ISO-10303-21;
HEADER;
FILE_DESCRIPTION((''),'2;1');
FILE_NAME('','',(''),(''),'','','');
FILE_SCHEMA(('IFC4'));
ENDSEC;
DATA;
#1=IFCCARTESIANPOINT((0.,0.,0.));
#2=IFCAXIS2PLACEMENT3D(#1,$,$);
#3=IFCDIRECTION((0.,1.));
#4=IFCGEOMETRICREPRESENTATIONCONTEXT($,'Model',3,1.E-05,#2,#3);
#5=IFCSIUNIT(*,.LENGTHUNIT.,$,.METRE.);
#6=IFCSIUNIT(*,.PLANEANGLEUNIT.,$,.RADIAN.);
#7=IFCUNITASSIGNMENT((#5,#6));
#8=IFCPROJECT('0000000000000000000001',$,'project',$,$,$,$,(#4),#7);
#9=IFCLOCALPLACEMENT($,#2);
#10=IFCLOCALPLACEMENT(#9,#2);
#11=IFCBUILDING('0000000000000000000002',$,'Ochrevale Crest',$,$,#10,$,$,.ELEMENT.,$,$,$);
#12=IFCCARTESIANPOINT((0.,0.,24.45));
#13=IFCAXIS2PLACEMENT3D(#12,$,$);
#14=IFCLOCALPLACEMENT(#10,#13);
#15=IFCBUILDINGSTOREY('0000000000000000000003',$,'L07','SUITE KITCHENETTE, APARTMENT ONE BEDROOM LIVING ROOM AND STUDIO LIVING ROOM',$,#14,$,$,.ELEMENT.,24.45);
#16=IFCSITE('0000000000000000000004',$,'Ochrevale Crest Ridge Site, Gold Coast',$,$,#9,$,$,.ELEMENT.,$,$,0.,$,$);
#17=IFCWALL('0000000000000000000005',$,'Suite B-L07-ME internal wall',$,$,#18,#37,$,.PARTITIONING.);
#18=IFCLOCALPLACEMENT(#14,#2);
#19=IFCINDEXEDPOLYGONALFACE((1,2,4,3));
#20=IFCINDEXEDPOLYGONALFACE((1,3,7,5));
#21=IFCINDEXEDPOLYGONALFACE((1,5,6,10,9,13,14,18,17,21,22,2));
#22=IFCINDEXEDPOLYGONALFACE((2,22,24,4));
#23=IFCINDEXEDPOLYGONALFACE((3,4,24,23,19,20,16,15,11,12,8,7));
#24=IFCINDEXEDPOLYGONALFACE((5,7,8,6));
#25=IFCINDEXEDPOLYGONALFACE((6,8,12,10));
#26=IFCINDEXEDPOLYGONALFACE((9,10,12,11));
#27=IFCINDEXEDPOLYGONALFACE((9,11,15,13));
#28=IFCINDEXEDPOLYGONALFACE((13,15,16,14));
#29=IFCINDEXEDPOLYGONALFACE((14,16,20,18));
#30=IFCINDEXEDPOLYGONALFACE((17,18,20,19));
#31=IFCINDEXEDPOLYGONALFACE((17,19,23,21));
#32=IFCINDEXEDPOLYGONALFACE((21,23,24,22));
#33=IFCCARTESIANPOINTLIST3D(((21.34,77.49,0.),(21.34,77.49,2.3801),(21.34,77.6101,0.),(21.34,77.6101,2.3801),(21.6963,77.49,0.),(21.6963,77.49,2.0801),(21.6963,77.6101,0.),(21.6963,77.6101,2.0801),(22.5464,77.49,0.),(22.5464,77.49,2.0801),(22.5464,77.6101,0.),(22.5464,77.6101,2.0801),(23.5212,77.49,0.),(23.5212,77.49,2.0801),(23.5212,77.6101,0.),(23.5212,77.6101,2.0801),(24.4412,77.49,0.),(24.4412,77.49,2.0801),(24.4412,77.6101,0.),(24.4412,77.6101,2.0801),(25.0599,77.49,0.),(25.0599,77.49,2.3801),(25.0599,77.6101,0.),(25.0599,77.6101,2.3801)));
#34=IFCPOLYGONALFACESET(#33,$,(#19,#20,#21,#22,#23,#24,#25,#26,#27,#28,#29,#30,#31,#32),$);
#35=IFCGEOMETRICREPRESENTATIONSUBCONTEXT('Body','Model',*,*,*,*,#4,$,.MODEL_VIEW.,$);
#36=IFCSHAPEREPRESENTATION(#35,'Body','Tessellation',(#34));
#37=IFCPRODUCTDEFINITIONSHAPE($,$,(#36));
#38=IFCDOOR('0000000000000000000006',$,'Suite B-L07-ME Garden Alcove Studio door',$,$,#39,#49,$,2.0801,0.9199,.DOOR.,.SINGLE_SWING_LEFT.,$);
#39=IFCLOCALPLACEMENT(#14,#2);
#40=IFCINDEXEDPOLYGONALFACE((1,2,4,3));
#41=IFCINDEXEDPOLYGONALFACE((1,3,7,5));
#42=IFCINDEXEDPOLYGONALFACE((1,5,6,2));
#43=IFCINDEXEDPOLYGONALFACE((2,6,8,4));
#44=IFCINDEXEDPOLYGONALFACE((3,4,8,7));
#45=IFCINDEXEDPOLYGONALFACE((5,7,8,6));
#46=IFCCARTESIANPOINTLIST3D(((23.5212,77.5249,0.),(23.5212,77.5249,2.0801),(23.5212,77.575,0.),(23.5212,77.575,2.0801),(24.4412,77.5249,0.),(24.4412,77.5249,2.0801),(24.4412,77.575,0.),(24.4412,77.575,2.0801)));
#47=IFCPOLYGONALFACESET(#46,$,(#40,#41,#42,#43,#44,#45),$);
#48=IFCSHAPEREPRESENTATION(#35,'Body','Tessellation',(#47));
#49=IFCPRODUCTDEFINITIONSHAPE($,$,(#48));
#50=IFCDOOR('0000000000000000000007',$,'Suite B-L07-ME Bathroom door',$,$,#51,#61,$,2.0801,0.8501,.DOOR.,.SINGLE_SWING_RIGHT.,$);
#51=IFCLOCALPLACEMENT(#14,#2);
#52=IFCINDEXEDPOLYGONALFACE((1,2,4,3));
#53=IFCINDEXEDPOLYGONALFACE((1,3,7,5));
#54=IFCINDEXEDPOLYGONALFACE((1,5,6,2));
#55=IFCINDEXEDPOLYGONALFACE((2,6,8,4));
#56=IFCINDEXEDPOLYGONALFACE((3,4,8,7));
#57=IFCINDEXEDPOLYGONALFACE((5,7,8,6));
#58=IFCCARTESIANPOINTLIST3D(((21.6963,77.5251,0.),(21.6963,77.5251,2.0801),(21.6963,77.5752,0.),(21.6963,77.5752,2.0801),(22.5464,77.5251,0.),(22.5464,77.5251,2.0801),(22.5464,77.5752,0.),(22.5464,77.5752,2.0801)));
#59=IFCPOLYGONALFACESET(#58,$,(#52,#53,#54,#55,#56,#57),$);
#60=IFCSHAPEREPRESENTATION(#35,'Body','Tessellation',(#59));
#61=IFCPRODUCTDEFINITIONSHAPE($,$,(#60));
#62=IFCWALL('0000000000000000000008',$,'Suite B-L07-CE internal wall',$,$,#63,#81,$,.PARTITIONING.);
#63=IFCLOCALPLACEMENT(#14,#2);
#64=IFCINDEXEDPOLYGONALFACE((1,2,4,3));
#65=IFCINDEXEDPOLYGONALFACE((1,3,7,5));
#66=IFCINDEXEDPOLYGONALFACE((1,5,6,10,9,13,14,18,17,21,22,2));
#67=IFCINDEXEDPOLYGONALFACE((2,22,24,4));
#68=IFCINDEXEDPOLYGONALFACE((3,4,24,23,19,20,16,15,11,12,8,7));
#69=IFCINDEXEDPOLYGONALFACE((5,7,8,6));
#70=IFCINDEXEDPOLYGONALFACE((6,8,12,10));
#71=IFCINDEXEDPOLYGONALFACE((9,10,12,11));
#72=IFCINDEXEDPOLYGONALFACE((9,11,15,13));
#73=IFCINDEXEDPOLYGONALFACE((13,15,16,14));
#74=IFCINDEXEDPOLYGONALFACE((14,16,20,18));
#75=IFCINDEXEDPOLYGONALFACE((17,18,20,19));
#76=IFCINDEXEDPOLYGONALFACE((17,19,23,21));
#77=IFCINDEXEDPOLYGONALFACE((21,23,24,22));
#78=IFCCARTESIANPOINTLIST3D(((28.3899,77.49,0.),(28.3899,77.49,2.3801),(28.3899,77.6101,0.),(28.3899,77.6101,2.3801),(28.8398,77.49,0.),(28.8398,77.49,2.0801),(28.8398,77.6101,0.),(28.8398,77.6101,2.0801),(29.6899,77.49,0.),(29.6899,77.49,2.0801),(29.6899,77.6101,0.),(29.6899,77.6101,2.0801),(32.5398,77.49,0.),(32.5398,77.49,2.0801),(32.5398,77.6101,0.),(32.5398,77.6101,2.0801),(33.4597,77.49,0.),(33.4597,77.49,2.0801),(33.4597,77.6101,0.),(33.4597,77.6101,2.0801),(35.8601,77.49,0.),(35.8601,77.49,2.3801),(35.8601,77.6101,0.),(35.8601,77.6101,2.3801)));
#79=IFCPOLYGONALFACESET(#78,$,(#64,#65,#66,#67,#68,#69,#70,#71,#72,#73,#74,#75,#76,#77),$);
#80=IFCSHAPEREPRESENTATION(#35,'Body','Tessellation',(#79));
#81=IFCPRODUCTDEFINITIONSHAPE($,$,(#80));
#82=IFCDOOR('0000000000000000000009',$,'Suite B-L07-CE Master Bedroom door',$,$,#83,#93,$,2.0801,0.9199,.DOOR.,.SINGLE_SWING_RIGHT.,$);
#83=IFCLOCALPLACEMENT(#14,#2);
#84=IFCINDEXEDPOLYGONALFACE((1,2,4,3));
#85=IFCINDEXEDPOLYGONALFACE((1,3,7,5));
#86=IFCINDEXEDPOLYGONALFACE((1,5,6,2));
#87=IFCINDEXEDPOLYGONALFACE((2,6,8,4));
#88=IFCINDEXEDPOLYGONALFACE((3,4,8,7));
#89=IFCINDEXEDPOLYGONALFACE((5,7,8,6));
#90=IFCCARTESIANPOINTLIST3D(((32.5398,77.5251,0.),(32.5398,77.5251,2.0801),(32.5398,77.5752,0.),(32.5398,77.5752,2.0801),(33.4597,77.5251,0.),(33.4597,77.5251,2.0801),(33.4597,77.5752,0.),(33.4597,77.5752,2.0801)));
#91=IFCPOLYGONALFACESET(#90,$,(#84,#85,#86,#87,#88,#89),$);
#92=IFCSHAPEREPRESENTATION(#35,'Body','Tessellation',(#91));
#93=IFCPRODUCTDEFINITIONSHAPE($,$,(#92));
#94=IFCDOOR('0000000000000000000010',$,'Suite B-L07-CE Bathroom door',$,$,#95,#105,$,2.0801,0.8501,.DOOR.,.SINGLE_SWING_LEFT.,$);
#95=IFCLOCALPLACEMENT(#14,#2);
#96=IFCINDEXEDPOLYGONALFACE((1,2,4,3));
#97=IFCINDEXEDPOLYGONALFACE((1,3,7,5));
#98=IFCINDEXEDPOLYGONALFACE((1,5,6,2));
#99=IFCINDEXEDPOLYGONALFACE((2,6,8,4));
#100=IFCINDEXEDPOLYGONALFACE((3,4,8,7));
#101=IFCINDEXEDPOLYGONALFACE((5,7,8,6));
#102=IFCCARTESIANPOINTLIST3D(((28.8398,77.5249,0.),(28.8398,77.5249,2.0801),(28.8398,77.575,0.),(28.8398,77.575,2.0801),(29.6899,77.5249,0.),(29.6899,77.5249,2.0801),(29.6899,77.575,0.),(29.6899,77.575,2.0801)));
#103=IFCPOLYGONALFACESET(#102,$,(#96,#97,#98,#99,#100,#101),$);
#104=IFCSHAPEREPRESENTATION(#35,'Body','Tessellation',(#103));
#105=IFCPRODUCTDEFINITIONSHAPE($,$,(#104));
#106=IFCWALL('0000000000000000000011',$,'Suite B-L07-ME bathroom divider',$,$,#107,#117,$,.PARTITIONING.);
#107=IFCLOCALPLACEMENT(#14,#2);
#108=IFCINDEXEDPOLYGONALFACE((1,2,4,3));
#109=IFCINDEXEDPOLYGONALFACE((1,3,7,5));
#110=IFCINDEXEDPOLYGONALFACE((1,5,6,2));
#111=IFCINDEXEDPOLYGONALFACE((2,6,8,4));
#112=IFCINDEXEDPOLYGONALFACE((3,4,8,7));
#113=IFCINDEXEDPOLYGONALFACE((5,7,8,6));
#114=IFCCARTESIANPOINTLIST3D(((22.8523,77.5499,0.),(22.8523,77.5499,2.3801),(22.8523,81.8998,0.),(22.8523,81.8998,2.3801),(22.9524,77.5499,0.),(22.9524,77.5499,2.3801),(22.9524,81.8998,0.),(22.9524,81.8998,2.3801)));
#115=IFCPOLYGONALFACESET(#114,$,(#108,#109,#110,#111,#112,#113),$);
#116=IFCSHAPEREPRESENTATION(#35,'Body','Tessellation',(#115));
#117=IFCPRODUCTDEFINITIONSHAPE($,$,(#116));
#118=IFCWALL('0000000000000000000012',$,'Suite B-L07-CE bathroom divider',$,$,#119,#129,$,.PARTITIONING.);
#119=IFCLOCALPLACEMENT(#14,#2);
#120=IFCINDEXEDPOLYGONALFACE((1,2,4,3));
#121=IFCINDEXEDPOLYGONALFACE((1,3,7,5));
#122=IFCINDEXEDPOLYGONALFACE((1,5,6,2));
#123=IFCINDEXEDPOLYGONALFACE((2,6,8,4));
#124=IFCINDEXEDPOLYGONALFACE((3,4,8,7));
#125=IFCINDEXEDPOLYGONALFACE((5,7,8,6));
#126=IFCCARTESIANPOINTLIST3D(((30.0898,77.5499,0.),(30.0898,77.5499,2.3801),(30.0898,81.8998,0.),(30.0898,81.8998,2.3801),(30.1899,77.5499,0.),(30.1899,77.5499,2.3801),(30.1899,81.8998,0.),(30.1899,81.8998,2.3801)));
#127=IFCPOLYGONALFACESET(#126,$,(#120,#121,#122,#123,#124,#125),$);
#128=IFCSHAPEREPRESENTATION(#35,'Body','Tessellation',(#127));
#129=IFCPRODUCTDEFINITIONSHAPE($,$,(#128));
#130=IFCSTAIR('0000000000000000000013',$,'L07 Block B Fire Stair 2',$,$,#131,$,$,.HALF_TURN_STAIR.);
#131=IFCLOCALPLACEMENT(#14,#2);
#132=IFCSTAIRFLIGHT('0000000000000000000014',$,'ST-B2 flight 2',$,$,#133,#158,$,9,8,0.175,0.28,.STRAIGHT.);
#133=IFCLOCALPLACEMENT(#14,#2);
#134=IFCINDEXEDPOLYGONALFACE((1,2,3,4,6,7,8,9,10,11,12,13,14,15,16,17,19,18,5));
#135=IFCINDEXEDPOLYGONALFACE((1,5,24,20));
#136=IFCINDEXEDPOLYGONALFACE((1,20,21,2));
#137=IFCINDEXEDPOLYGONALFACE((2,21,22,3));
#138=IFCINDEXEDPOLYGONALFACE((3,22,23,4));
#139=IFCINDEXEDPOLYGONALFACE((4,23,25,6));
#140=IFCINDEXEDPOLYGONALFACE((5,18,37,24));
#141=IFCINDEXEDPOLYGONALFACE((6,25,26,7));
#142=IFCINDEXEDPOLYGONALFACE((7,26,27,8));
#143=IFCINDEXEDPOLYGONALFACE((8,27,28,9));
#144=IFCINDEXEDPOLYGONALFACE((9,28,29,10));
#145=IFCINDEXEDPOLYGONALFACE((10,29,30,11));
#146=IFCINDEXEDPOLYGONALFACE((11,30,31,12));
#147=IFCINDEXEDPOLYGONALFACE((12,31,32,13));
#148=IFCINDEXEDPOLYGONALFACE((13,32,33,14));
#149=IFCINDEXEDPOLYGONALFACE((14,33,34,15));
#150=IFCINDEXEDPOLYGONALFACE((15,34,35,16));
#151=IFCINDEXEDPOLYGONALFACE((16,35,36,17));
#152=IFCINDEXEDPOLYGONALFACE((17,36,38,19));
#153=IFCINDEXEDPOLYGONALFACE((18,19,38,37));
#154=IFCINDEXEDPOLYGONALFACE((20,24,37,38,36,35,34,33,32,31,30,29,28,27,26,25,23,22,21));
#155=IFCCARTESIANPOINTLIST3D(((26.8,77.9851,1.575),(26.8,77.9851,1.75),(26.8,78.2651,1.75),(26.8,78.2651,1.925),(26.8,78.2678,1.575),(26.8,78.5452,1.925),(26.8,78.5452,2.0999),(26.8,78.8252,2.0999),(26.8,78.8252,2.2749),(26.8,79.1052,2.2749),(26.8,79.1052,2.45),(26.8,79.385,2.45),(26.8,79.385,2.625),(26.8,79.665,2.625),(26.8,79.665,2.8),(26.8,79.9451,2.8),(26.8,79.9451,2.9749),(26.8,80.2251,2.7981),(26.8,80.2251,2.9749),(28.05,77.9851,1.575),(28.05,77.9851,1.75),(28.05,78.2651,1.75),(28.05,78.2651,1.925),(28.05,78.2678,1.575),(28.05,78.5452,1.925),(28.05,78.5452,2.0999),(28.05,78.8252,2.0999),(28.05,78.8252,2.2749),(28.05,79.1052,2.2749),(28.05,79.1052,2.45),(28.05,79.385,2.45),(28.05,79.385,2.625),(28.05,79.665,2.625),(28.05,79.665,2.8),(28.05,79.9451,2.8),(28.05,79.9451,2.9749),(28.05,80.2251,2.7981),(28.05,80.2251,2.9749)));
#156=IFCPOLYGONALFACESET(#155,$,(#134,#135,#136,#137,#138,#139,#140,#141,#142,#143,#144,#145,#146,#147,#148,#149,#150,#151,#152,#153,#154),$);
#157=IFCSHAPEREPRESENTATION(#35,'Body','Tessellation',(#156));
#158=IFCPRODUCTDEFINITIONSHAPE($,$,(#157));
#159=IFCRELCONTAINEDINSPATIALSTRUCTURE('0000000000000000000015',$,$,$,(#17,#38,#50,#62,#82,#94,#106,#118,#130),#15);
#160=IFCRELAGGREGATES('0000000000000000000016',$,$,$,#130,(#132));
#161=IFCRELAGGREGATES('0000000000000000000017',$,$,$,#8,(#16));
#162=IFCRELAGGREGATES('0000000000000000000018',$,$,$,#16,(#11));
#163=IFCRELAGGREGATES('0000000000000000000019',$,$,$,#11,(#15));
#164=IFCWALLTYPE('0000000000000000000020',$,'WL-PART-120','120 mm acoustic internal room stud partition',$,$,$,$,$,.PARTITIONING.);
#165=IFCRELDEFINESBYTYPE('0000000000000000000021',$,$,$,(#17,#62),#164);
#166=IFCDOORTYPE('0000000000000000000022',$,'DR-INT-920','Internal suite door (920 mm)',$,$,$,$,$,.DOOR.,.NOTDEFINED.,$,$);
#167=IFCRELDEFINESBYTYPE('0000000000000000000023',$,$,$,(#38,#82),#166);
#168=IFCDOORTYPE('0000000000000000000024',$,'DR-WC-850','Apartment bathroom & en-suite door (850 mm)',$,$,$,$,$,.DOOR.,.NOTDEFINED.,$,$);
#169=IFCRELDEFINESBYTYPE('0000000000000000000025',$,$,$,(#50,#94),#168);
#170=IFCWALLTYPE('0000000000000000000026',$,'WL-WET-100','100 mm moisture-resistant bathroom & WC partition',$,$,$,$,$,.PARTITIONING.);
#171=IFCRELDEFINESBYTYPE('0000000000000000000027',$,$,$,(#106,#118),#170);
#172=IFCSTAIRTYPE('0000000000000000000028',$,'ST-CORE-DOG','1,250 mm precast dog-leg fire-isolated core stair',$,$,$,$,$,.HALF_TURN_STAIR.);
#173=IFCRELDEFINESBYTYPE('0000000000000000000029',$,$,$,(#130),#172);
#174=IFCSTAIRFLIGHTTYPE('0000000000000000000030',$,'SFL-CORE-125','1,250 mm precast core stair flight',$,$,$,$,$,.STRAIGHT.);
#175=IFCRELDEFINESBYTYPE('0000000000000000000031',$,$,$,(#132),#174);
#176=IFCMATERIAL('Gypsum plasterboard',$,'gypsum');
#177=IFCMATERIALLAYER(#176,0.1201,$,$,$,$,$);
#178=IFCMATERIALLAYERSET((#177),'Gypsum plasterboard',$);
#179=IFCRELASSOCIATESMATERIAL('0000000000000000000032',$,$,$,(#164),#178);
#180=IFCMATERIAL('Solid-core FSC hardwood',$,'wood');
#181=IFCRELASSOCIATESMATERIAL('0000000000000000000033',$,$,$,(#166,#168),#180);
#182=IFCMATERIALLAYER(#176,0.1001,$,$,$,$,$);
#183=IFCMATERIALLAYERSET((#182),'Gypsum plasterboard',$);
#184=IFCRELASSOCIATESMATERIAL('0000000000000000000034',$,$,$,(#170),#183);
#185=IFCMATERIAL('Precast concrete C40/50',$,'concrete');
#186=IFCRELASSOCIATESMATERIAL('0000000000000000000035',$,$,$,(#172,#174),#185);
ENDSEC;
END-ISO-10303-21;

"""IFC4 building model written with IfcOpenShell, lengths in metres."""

from ifc_helpers import new_model, si_unit, direction, frame, frame_2d, origin, place, context, subcontext, project, spatial, polyline, rectangle, outline, extrude, material, layer, layer_set, type_object, element, fill, aggregate, save


model = new_model("IFC4")

# Units and contexts
model_context = context("Model", 3, precision=1e-05, world=origin(), true_north=direction((0.0, 1.0)))
body_context = subcontext(model_context, "Body", "Model", "MODEL_VIEW")
ifc_project = project(units=[si_unit("LENGTHUNIT", "METRE"), si_unit("PLANEANGLEUNIT", "RADIAN")], contexts=[model_context])

# Site, building, storey
site_placement = place(None, origin())
site = spatial("IfcSite", under=ifc_project, at=site_placement, Name="Ochrevale Crest Ridge Site, Gold Coast", CompositionType="ELEMENT", RefElevation=0.0)
building_placement = place(site_placement, origin())
building = spatial("IfcBuilding", under=site, at=building_placement, Name="Ochrevale Crest", CompositionType="ELEMENT")
storey_placement = place(building_placement, frame((0.0, 0.0, 24.45)))
storey = spatial("IfcBuildingStorey", under=building, at=storey_placement, Name="L07", Description="SUITE KITCHENETTE, APARTMENT ONE BEDROOM LIVING ROOM AND STUDIO LIVING ROOM", CompositionType="ELEMENT", Elevation=24.45)

# Walls, openings, doors
ifc_material_1 = material(Name="Gypsum plasterboard", Category="gypsum")
ifc_layer_1 = layer(ifc_material_1, 0.1201)
ifc_layer_set_1 = layer_set([ifc_layer_1], Name="Gypsum plasterboard")
wall_type_1 = type_object("IfcWallType", Name="WL-PART-120", Description="120 mm acoustic internal room stud partition", PredefinedType="PARTITIONING", material=ifc_layer_set_1)
wall_1_placement = place(storey_placement, frame((21.3401, 77.55, 0.0), z_axis=(0.0, 0.0, 1.0), x_axis=(1.0, 0.0, 0.0)))
wall_1 = element("IfcWall", 1, at=wall_1_placement, inside=storey, type_object=wall_type_1, Name="Suite B-L07-ME internal wall", PredefinedType="PARTITIONING", context=body_context, shape_type="SweptSolid", body=[
    extrude(rectangle(XDim=3.72, YDim=0.1201, at=frame_2d((1.8599, 0.0))), origin(), (0.0, 0.0, 1.0), 2.3801),
])
opening_1_placement = place(wall_1_placement, frame((1.2063, 0.0, 0.0), z_axis=(0.0, 0.0, 1.0), x_axis=(-1.0, 0.0, 0.0)))
opening_1 = element("IfcOpeningElement", 2, at=opening_1_placement, cuts=wall_1, PredefinedType="OPENING", context=body_context, shape_type="SweptSolid", body=[
    extrude(rectangle(XDim=0.8501, YDim=2.0801, at=frame_2d((0.425, 1.04))), frame((0.0, 0.0701, 0.0), z_axis=(0.0, -1.0, 0.0), x_axis=(1.0, 0.0, 0.0)), (0.0, 0.0, 1.0), 0.1401),
])
opening_2_placement = place(wall_1_placement, frame((2.1812, 0.0, 0.0)))
opening_2 = element("IfcOpeningElement", 3, at=opening_2_placement, cuts=wall_1, PredefinedType="OPENING", context=body_context, shape_type="SweptSolid", body=[
    extrude(rectangle(XDim=0.9199, YDim=2.0801, at=frame_2d((0.46, 1.04))), frame((0.0, 0.0701, 0.0), z_axis=(0.0, -1.0, 0.0), x_axis=(1.0, 0.0, 0.0)), (0.0, 0.0, 1.0), 0.1401),
])
ifc_material_2 = material(Name="Solid-core FSC hardwood", Category="wood")
door_type_1 = type_object("IfcDoorType", Name="DR-INT-920", Description="Internal suite door (920 mm)", OperationType="NOTDEFINED", PredefinedType="DOOR", material=ifc_material_2)
door_1_placement = place(opening_2_placement, origin())
door_1 = element("IfcDoor", 4, at=door_1_placement, inside=storey, type_object=door_type_1, Name="Suite B-L07-ME Garden Alcove Studio door", OperationType="SINGLE_SWING_LEFT", OverallHeight=2.0801, OverallWidth=0.9199, PredefinedType="DOOR", context=body_context, shape_type="SweptSolid", body=[
    extrude(rectangle(XDim=0.9199, YDim=2.0801, at=frame_2d((0.46, 1.04))), frame((0.0, 0.0249, 0.0), z_axis=(0.0, -1.0, 0.0), x_axis=(1.0, 0.0, 0.0)), (0.0, 0.0, 1.0), 0.05),
])
fill(opening_2, door_1)
door_type_2 = type_object("IfcDoorType", Name="DR-WC-850", Description="Apartment bathroom & en-suite door (850 mm)", OperationType="NOTDEFINED", PredefinedType="DOOR", material=ifc_material_2)
door_2_placement = place(opening_1_placement, origin())
door_2 = element("IfcDoor", 5, at=door_2_placement, inside=storey, type_object=door_type_2, Name="Suite B-L07-ME Bathroom door", OperationType="SINGLE_SWING_RIGHT", OverallHeight=2.0801, OverallWidth=0.8501, PredefinedType="DOOR", context=body_context, shape_type="SweptSolid", body=[
    extrude(rectangle(XDim=0.8501, YDim=2.0801, at=frame_2d((0.425, 1.04))), frame((0.0, 0.0249, 0.0), z_axis=(0.0, -1.0, 0.0), x_axis=(1.0, 0.0, 0.0)), (0.0, 0.0, 1.0), 0.05),
])
fill(opening_1, door_2)
wall_2_placement = place(storey_placement, frame((28.3899, 77.55, 0.0), z_axis=(0.0, 0.0, 1.0), x_axis=(1.0, 0.0, 0.0)))
wall_2 = element("IfcWall", 6, at=wall_2_placement, inside=storey, type_object=wall_type_1, Name="Suite B-L07-CE internal wall", PredefinedType="PARTITIONING", context=body_context, shape_type="SweptSolid", body=[
    extrude(rectangle(XDim=7.4702, YDim=0.1201, at=frame_2d((3.7351, 0.0))), origin(), (0.0, 0.0, 1.0), 2.3801),
])
opening_3_placement = place(wall_2_placement, frame((0.45, 0.0, 0.0)))
opening_3 = element("IfcOpeningElement", 7, at=opening_3_placement, cuts=wall_2, PredefinedType="OPENING", context=body_context, shape_type="SweptSolid", body=[
    extrude(rectangle(XDim=0.8501, YDim=2.0801, at=frame_2d((0.425, 1.04))), frame((0.0, 0.0701, 0.0), z_axis=(0.0, -1.0, 0.0), x_axis=(1.0, 0.0, 0.0)), (0.0, 0.0, 1.0), 0.1401),
])
opening_4_placement = place(wall_2_placement, frame((5.0698, 0.0, 0.0), z_axis=(0.0, 0.0, 1.0), x_axis=(-1.0, 0.0, 0.0)))
opening_4 = element("IfcOpeningElement", 8, at=opening_4_placement, cuts=wall_2, PredefinedType="OPENING", context=body_context, shape_type="SweptSolid", body=[
    extrude(rectangle(XDim=0.9199, YDim=2.0801, at=frame_2d((0.46, 1.04))), frame((0.0, 0.0701, 0.0), z_axis=(0.0, -1.0, 0.0), x_axis=(1.0, 0.0, 0.0)), (0.0, 0.0, 1.0), 0.1401),
])
door_3_placement = place(opening_4_placement, origin())
door_3 = element("IfcDoor", 9, at=door_3_placement, inside=storey, type_object=door_type_1, Name="Suite B-L07-CE Master Bedroom door", OperationType="SINGLE_SWING_RIGHT", OverallHeight=2.0801, OverallWidth=0.9199, PredefinedType="DOOR", context=body_context, shape_type="SweptSolid", body=[
    extrude(rectangle(XDim=0.9199, YDim=2.0801, at=frame_2d((0.46, 1.04))), frame((0.0, 0.0249, 0.0), z_axis=(0.0, -1.0, 0.0), x_axis=(1.0, 0.0, 0.0)), (0.0, 0.0, 1.0), 0.05),
])
fill(opening_4, door_3)
door_4_placement = place(opening_3_placement, origin())
door_4 = element("IfcDoor", 10, at=door_4_placement, inside=storey, type_object=door_type_2, Name="Suite B-L07-CE Bathroom door", OperationType="SINGLE_SWING_LEFT", OverallHeight=2.0801, OverallWidth=0.8501, PredefinedType="DOOR", context=body_context, shape_type="SweptSolid", body=[
    extrude(rectangle(XDim=0.8501, YDim=2.0801, at=frame_2d((0.425, 1.04))), frame((0.0, 0.0249, 0.0), z_axis=(0.0, -1.0, 0.0), x_axis=(1.0, 0.0, 0.0)), (0.0, 0.0, 1.0), 0.05),
])
fill(opening_3, door_4)

# Walls
ifc_layer_2 = layer(ifc_material_1, 0.1001)
ifc_layer_set_2 = layer_set([ifc_layer_2], Name="Gypsum plasterboard")
wall_type_2 = type_object("IfcWallType", Name="WL-WET-100", Description="100 mm moisture-resistant bathroom & WC partition", PredefinedType="PARTITIONING", material=ifc_layer_set_2)
for number, where, z_axis, x_axis, name in (
    (11, (22.9023, 77.55, 0.0), (0.0, 0.0, 1.0), (0.0, 1.0, 0.0), "Suite B-L07-ME bathroom divider"),
    (12, (30.1399, 77.55, 0.0), (0.0, 0.0, 1.0), (0.0, 1.0, 0.0), "Suite B-L07-CE bathroom divider"),
):
    element("IfcWall", number, at=place(storey_placement, frame(where, z_axis=z_axis, x_axis=x_axis)), inside=storey, type_object=wall_type_2, Name=name, PredefinedType="PARTITIONING", context=body_context, shape_type="SweptSolid", body=[
        extrude(rectangle(XDim=4.3499, YDim=0.1001, at=frame_2d((2.1748, 0.0))), origin(), (0.0, 0.0, 1.0), 2.3801),
    ])

# Stair, stair flight
ifc_material_3 = material(Name="Precast concrete C40/50", Category="concrete")
stair_type = type_object("IfcStairType", Name="ST-CORE-DOG", Description="1,250 mm precast dog-leg fire-isolated core stair", PredefinedType="HALF_TURN_STAIR", material=ifc_material_3)
stair_placement = place(storey_placement, origin())
stair = element("IfcStair", 13, at=stair_placement, inside=storey, type_object=stair_type, Name="L07 Block B Fire Stair 2", PredefinedType="HALF_TURN_STAIR")
stair_flight_type = type_object("IfcStairFlightType", Name="SFL-CORE-125", Description="1,250 mm precast core stair flight", PredefinedType="STRAIGHT", material=ifc_material_3)
stair_flight_placement = place(storey_placement, frame((27.425, 77.9851, 1.575), z_axis=(0.0, 0.0, 1.0), x_axis=(0.0, 1.0, 0.0)))
stair_flight = element("IfcStairFlight", 14, at=stair_flight_placement, type_object=stair_flight_type, Name="ST-B2 flight 2", NumberOfRisers=9, NumberOfTreads=8, PredefinedType="STRAIGHT", RiserHeight=0.175, TreadLength=0.28, context=body_context, shape_type="SweptSolid", body=[
    extrude(outline(polyline([(0.0, 0.0), (0.0, 0.175), (0.28, 0.175), (0.28, 0.3501), (0.5601, 0.3501), (0.5601, 0.5249), (0.8401, 0.5249), (0.8401, 0.7), (1.1201, 0.7), (1.1201, 0.875), (1.3999, 0.875), (1.3999, 1.05), (1.6799, 1.05), (1.6799, 1.2251), (1.96, 1.2251), (1.96, 1.3999), (2.24, 1.3999), (2.24, 1.575), (2.24, 1.2231), (0.2827, 0.0), (0.0, 0.0)])), frame((0.0, 0.625, 0.0), z_axis=(0.0, -1.0, 0.0), x_axis=(1.0, 0.0, 0.0)), (0.0, 0.0, 1.0), 1.25),
])
aggregate(stair, [stair_flight])

save(model, "model.ifc")
